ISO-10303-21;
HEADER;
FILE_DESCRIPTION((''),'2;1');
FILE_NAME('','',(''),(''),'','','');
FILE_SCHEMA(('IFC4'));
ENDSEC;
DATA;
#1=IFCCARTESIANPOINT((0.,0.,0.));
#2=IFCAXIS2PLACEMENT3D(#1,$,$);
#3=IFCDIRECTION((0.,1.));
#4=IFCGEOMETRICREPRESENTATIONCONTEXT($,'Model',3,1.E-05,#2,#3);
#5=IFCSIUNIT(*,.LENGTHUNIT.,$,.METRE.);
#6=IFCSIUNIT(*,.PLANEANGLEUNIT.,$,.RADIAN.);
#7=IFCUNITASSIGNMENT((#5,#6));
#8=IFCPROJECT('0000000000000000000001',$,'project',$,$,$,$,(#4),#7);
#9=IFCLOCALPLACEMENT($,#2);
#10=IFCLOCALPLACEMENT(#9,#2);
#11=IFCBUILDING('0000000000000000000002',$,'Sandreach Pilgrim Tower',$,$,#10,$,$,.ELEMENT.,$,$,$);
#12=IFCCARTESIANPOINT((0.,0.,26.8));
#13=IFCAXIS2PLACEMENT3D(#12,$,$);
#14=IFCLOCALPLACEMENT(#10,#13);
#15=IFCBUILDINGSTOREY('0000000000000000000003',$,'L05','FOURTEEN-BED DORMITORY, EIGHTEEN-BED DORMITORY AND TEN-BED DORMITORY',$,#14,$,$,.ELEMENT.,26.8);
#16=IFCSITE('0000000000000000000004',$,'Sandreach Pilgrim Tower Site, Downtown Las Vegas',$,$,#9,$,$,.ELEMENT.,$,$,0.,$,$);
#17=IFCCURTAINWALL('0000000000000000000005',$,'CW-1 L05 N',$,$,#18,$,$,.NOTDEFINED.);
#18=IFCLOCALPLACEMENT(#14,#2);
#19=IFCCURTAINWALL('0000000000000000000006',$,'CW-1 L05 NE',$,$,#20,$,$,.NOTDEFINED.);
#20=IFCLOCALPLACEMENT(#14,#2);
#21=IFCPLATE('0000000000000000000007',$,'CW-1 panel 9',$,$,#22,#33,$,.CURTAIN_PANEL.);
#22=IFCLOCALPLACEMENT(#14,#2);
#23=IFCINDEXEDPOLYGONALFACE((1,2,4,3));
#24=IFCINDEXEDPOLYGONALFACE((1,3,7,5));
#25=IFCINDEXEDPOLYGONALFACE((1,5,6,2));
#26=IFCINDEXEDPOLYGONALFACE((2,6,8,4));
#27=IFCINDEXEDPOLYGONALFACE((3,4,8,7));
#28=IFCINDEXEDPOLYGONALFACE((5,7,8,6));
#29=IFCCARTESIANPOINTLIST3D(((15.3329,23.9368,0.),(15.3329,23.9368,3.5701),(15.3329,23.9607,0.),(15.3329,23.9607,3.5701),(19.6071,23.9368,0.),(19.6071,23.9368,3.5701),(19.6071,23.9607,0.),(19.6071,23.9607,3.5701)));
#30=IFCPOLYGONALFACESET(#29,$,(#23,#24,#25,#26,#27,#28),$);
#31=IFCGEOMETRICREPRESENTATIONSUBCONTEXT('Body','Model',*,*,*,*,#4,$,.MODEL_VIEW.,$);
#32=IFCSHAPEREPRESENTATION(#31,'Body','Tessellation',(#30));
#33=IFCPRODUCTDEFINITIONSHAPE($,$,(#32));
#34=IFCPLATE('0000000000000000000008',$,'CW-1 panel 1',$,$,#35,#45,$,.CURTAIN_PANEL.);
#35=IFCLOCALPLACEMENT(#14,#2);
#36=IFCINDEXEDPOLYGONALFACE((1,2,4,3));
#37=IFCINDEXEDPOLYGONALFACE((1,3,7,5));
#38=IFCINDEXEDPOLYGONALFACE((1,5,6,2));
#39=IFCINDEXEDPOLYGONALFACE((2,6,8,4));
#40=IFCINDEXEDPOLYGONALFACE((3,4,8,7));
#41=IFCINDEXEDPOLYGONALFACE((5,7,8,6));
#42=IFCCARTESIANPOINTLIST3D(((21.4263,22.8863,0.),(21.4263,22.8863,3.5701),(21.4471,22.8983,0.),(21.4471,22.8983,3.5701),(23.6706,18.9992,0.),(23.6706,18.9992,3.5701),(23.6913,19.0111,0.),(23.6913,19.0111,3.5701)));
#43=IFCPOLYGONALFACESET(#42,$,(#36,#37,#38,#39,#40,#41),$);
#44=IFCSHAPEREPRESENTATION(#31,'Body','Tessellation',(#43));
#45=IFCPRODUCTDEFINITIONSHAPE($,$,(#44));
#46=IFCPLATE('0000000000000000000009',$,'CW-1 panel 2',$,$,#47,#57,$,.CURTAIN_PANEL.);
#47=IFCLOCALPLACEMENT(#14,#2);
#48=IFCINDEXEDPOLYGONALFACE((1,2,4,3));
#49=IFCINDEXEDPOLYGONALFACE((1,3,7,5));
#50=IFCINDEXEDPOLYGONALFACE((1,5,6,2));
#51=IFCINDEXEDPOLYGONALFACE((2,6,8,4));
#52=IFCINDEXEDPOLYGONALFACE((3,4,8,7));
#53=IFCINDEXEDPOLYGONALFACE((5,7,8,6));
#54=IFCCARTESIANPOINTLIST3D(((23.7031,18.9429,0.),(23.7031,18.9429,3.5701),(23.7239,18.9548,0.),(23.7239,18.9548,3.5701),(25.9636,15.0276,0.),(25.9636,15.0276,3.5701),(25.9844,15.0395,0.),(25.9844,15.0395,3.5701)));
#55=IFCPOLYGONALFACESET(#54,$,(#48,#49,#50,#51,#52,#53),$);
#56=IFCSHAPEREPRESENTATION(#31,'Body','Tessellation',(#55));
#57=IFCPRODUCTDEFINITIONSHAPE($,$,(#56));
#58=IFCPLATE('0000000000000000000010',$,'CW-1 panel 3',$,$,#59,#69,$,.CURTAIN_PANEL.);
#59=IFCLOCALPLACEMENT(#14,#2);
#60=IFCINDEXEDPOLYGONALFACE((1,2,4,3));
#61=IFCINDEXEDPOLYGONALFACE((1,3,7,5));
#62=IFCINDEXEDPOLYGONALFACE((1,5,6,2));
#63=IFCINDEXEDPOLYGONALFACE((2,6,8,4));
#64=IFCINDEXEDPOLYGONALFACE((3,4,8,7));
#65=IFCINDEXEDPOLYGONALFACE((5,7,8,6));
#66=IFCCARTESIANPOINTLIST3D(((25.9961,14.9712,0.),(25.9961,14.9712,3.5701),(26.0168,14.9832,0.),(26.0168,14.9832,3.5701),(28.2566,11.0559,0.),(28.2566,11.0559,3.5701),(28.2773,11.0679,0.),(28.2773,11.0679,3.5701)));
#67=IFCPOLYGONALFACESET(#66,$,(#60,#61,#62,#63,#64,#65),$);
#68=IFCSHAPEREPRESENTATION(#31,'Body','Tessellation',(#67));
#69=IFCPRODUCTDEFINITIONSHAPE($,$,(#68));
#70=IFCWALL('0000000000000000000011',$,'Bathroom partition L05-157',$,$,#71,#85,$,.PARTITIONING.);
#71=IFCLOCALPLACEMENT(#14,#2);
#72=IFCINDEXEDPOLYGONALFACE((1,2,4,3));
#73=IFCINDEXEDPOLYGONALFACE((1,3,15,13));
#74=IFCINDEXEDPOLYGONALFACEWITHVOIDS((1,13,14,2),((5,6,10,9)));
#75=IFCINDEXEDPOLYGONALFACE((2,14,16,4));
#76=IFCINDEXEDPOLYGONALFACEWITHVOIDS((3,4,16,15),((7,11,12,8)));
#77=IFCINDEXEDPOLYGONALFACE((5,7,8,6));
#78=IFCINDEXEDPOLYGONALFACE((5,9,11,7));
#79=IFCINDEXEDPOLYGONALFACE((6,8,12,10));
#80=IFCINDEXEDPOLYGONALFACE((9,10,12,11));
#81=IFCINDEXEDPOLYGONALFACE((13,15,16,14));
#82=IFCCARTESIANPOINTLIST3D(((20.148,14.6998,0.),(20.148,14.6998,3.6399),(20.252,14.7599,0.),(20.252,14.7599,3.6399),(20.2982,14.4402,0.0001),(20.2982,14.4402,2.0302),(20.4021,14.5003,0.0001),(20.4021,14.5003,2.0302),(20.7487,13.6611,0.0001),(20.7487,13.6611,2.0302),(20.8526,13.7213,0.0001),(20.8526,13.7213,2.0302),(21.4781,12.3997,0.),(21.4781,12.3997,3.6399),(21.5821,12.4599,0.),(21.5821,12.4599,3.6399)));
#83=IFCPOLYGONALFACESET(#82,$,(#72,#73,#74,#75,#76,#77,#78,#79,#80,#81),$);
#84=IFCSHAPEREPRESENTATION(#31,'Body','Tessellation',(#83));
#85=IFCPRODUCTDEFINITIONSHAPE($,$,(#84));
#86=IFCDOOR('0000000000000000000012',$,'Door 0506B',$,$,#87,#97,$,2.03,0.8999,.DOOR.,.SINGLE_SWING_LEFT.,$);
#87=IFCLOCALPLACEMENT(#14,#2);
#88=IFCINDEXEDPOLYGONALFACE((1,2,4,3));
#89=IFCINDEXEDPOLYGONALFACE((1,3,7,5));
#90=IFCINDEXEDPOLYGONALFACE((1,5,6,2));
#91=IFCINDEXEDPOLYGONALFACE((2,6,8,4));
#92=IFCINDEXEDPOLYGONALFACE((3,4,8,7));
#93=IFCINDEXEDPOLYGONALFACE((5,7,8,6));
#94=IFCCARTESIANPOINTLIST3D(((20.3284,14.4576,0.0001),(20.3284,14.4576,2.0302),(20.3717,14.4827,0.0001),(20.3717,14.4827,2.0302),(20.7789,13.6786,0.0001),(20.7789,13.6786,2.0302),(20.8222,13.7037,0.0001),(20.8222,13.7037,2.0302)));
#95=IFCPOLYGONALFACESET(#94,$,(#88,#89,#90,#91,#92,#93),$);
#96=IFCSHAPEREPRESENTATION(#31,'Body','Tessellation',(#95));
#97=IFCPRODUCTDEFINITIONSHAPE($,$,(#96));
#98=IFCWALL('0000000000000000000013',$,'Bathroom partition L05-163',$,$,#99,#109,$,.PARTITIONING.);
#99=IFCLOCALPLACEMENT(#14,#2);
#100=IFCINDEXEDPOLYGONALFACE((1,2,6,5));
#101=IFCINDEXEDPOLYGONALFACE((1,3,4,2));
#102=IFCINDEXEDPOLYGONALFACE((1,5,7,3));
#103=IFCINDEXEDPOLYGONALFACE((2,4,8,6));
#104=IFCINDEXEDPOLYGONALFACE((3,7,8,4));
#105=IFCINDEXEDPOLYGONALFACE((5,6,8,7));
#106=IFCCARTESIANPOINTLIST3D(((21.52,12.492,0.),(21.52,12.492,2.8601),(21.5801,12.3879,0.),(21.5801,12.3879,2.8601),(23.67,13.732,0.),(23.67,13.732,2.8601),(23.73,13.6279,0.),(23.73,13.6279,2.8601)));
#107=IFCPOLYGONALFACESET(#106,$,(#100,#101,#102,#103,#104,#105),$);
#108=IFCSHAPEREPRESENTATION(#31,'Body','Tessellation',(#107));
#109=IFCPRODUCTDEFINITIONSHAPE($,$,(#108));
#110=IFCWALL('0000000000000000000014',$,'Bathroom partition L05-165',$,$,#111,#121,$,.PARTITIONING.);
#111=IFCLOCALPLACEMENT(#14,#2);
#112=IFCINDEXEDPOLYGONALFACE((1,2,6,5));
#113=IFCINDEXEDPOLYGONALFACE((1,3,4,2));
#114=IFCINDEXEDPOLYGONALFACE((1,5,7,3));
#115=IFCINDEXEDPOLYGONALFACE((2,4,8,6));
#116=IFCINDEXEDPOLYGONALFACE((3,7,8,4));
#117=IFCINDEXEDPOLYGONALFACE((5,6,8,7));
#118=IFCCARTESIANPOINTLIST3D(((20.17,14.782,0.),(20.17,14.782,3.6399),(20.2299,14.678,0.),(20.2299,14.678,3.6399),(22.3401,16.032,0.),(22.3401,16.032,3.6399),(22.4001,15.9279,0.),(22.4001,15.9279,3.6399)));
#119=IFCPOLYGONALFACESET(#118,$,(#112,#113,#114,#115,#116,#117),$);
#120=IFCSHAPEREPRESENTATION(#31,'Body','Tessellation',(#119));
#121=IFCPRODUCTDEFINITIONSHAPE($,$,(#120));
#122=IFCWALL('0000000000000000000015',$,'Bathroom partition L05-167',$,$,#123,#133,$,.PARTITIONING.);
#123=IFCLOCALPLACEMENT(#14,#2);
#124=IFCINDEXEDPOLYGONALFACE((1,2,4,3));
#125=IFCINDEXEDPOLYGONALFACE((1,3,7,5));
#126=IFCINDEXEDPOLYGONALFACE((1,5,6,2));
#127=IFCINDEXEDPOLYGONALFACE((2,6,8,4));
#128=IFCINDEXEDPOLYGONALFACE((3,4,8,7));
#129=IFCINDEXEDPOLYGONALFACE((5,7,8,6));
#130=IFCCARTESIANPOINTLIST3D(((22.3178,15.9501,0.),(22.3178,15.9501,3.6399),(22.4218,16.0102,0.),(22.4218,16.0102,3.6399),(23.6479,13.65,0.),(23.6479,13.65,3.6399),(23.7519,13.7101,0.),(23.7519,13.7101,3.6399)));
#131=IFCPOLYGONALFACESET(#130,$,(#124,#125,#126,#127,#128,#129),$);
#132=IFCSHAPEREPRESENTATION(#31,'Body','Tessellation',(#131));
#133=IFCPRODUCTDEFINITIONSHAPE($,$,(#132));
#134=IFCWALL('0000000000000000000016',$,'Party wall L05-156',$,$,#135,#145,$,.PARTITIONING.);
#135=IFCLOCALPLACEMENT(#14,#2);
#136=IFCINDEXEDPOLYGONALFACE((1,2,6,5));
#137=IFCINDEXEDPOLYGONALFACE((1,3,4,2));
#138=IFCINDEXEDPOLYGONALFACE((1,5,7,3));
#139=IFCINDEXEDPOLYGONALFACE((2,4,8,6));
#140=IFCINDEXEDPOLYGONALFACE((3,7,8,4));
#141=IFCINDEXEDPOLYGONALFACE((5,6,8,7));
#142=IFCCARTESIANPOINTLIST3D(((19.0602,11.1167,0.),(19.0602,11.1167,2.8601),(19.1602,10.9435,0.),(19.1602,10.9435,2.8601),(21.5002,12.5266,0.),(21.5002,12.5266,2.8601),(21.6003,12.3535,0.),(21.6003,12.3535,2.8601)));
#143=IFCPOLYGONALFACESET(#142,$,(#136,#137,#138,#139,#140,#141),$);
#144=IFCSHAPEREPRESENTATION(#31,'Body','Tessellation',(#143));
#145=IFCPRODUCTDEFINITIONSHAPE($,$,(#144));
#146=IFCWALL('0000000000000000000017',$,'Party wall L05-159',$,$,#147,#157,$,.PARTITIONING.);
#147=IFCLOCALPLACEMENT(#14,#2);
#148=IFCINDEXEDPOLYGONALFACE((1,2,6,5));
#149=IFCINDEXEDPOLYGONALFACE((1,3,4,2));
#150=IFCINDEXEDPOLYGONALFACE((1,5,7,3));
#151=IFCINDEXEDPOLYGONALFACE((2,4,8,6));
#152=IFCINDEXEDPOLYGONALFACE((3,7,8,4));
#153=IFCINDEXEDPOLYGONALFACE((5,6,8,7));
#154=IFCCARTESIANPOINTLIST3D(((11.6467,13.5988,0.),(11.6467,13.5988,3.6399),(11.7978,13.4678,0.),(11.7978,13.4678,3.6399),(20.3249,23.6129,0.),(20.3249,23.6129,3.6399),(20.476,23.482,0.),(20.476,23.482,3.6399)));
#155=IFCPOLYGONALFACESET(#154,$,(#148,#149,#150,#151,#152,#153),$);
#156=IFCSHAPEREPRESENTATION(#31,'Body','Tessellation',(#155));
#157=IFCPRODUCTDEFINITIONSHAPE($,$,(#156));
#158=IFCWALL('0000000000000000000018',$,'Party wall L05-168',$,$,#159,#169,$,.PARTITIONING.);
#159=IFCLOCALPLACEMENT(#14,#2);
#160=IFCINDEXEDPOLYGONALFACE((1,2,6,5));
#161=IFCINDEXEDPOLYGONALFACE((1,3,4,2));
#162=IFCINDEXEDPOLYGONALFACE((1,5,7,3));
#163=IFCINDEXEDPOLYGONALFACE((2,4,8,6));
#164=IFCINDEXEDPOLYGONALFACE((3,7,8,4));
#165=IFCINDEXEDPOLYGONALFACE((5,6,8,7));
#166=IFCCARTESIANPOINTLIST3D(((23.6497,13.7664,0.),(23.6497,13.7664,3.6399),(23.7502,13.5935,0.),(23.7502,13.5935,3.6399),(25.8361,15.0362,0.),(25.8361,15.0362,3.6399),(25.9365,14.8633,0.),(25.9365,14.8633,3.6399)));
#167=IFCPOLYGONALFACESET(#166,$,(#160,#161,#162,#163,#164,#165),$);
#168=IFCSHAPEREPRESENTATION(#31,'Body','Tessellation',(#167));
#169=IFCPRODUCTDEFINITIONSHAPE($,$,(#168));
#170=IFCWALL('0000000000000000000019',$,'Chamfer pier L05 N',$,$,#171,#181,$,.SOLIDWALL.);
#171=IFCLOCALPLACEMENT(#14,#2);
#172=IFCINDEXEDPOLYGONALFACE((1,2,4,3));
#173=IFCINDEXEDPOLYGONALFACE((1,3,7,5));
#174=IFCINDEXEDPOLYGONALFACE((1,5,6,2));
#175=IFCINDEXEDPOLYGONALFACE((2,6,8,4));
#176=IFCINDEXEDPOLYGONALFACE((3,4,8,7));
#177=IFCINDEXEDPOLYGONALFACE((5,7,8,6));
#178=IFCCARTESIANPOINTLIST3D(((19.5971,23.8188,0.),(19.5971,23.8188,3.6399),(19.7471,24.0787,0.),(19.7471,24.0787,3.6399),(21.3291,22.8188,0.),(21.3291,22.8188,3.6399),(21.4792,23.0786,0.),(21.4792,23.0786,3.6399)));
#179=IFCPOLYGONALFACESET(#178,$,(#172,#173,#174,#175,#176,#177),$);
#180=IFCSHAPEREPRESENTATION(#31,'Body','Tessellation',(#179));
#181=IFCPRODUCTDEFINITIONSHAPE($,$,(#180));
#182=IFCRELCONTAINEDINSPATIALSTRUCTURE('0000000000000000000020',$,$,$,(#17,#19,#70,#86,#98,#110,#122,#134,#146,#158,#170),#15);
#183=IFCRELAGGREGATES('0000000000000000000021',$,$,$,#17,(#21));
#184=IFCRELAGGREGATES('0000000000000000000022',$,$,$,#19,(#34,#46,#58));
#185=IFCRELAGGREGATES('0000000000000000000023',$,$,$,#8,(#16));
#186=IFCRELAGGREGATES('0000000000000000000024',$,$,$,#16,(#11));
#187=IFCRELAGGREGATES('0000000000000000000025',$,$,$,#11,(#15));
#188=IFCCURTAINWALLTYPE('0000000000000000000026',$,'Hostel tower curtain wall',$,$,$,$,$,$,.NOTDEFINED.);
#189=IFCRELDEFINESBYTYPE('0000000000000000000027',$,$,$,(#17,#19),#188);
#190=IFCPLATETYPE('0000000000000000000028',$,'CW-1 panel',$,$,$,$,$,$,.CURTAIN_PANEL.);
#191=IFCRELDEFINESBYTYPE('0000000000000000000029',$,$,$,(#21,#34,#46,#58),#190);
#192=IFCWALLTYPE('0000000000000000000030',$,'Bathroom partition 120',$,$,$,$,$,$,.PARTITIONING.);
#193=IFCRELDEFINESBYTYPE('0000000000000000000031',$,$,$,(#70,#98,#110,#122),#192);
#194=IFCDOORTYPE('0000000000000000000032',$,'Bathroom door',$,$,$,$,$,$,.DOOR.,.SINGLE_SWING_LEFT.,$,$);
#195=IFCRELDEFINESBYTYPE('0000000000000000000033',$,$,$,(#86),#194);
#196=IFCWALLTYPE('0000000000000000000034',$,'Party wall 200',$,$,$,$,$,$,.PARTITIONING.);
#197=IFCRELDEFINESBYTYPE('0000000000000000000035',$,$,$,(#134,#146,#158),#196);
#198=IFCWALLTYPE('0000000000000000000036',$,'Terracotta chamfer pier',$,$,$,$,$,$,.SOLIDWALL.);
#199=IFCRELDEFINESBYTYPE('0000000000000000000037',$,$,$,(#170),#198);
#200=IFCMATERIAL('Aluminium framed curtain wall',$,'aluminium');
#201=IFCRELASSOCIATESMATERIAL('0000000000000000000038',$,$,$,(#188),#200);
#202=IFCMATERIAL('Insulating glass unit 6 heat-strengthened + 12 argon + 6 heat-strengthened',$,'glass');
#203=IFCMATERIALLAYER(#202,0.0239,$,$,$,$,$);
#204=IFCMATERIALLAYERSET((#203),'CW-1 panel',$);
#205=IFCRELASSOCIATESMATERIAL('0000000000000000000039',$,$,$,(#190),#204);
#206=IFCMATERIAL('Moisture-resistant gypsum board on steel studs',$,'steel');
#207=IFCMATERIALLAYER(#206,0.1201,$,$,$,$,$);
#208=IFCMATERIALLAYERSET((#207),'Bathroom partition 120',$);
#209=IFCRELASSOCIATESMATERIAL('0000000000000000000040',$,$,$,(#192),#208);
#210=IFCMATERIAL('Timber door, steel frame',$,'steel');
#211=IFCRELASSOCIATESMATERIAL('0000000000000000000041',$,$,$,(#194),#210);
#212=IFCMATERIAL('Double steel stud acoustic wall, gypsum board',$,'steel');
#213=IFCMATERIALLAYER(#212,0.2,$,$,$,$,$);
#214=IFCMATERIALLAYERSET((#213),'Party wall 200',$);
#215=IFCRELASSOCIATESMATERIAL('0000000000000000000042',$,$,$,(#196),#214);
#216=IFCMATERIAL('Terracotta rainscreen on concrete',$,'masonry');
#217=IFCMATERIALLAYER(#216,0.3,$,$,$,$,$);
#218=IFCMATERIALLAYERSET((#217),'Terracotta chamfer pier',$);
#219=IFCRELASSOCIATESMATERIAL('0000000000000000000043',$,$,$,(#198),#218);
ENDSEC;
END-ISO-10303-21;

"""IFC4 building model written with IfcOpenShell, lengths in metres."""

from ifc_helpers import new_model, si_unit, direction, frame, frame_2d, origin, origin_2d, place, context, subcontext, project, spatial, rectangle, extrude, material, layer, layer_set, type_object, element, fill, aggregate, save


model = new_model("IFC4")

# Units and contexts
model_context = context("Model", 3, precision=1e-05, world=origin(), true_north=direction((0.0, 1.0)))
body_context = subcontext(model_context, "Body", "Model", "MODEL_VIEW")
ifc_project = project(units=[si_unit("LENGTHUNIT", "METRE"), si_unit("PLANEANGLEUNIT", "RADIAN")], contexts=[model_context])

# Site, building, storey
site_placement = place(None, origin())
site = spatial("IfcSite", under=ifc_project, at=site_placement, Name="Sandreach Pilgrim Tower Site, Downtown Las Vegas", CompositionType="ELEMENT", RefElevation=0.0)
building_placement = place(site_placement, origin())
building = spatial("IfcBuilding", under=site, at=building_placement, Name="Sandreach Pilgrim Tower", CompositionType="ELEMENT")
storey_placement = place(building_placement, frame((0.0, 0.0, 26.8)))
storey = spatial("IfcBuildingStorey", under=building, at=storey_placement, Name="L05", Description="FOURTEEN-BED DORMITORY, EIGHTEEN-BED DORMITORY AND TEN-BED DORMITORY", CompositionType="ELEMENT", Elevation=26.8)

# Curtain wall
ifc_material_1 = material(Name="Aluminium framed curtain wall", Category="aluminium")
curtain_wall_type = type_object("IfcCurtainWallType", Name="Hostel tower curtain wall", PredefinedType="NOTDEFINED", material=ifc_material_1)
curtain_wall_1_placement = place(storey_placement, origin())
curtain_wall_1 = element("IfcCurtainWall", 1, at=curtain_wall_1_placement, inside=storey, type_object=curtain_wall_type, Name="CW-1 L05 N", PredefinedType="NOTDEFINED")

# Curtain wall
curtain_wall_2_placement = place(storey_placement, origin())
curtain_wall_2 = element("IfcCurtainWall", 2, at=curtain_wall_2_placement, inside=storey, type_object=curtain_wall_type, Name="CW-1 L05 NE", PredefinedType="NOTDEFINED")

# Plates
ifc_material_2 = material(Name="Insulating glass unit 6 heat-strengthened + 12 argon + 6 heat-strengthened", Category="glass")
ifc_layer_1 = layer(ifc_material_2, 0.0239)
ifc_layer_set_1 = layer_set([ifc_layer_1], Name="CW-1 panel")
plate_type = type_object("IfcPlateType", Name="CW-1 panel", PredefinedType="CURTAIN_PANEL", material=ifc_layer_set_1)
plate_1_placement = place(storey_placement, frame((17.47, 23.9487, 0.0), z_axis=(0.0, 0.0, 1.0), x_axis=(1.0, 0.0, 0.0)))
plate_1 = element("IfcPlate", 3, at=plate_1_placement, type_object=plate_type, Name="CW-1 panel 9", PredefinedType="CURTAIN_PANEL", context=body_context, shape_type="SweptSolid", body=[
    extrude(rectangle(XDim=4.2742, YDim=0.0239, at=origin_2d()), origin(), (0.0, 0.0, 1.0), 3.5701),
])
aggregate(curtain_wall_1, [plate_1])
plate_2_placement = place(storey_placement, frame((22.5588, 20.9487, 0.0), z_axis=(0.0, 0.0, 1.0), x_axis=(0.5, -0.866025, 0.0)))
plate_2 = element("IfcPlate", 4, at=plate_2_placement, type_object=plate_type, Name="CW-1 panel 1", PredefinedType="CURTAIN_PANEL", context=body_context, shape_type="SweptSolid", body=[
    extrude(rectangle(XDim=4.4885, YDim=0.0239, at=origin_2d()), origin(), (0.0, 0.0, 1.0), 3.5701),
])
plate_3_placement = place(storey_placement, frame((24.8438, 16.9912, 0.0), z_axis=(0.0, 0.0, 1.0), x_axis=(0.5, -0.866025, 0.0)))
plate_3 = element("IfcPlate", 5, at=plate_3_placement, type_object=plate_type, Name="CW-1 panel 2", PredefinedType="CURTAIN_PANEL", context=body_context, shape_type="SweptSolid", body=[
    extrude(rectangle(XDim=4.521, YDim=0.0239, at=origin_2d()), origin(), (0.0, 0.0, 1.0), 3.5701),
])
plate_4_placement = place(storey_placement, frame((27.1367, 13.0195, 0.0), z_axis=(0.0, 0.0, 1.0), x_axis=(0.5, -0.866025, 0.0)))
plate_4 = element("IfcPlate", 6, at=plate_4_placement, type_object=plate_type, Name="CW-1 panel 3", PredefinedType="CURTAIN_PANEL", context=body_context, shape_type="SweptSolid", body=[
    extrude(rectangle(XDim=4.521, YDim=0.0239, at=origin_2d()), origin(), (0.0, 0.0, 1.0), 3.5701),
])
aggregate(curtain_wall_2, [plate_2, plate_3, plate_4])

# Wall, opening, door
ifc_material_3 = material(Name="Moisture-resistant gypsum board on steel studs", Category="steel")
ifc_layer_2 = layer(ifc_material_3, 0.1201)
ifc_layer_set_2 = layer_set([ifc_layer_2], Name="Bathroom partition 120")
wall_type_1 = type_object("IfcWallType", Name="Bathroom partition 120", PredefinedType="PARTITIONING", material=ifc_layer_set_2)
wall_1_placement = place(storey_placement, frame((20.2, 14.73, 0.0), z_axis=(0.0, 0.0, 1.0), x_axis=(0.500605, -0.865676, 0.0)))
wall_1 = element("IfcWall", 7, at=wall_1_placement, inside=storey, type_object=wall_type_1, Name="Bathroom partition L05-157", PredefinedType="PARTITIONING", context=body_context, shape_type="SweptSolid", body=[
    extrude(rectangle(XDim=2.657, YDim=0.1201, at=frame_2d((1.3286, 0.0))), origin(), (0.0, 0.0, 1.0), 3.6399),
])
opening_placement = place(wall_1_placement, frame((0.3, 0.0, 0.0)))
opening = element("IfcOpeningElement", 8, at=opening_placement, cuts=wall_1, PredefinedType="OPENING", context=body_context, shape_type="SweptSolid", body=[
    extrude(rectangle(XDim=0.8999, YDim=2.03, at=frame_2d((0.45, 1.0151))), frame((0.0, 0.0601, 0.0), z_axis=(0.0, -1.0, 0.0), x_axis=(1.0, 0.0, 0.0)), (0.0, 0.0, 1.0), 0.1201),
])
ifc_material_4 = material(Name="Timber door, steel frame", Category="steel")
door_type = type_object("IfcDoorType", Name="Bathroom door", OperationType="SINGLE_SWING_LEFT", PredefinedType="DOOR", material=ifc_material_4)
door_placement = place(opening_placement, origin())
door = element("IfcDoor", 9, at=door_placement, inside=storey, type_object=door_type, Name="Door 0506B", OperationType="SINGLE_SWING_LEFT", OverallHeight=2.03, OverallWidth=0.8999, PredefinedType="DOOR", context=body_context, shape_type="SweptSolid", body=[
    extrude(rectangle(XDim=0.8999, YDim=2.03, at=frame_2d((0.45, 1.0151))), frame((0.0, 0.0249, 0.0), z_axis=(0.0, -1.0, 0.0), x_axis=(1.0, 0.0, 0.0)), (0.0, 0.0, 1.0), 0.05),
])
fill(opening, door)

# Walls
wall_2_placement = place(storey_placement, frame((21.55, 12.4399, 0.0), z_axis=(0.0, 0.0, 1.0), x_axis=(0.866245, 0.49962, 0.0)))
element("IfcWall", 10, at=wall_2_placement, inside=storey, type_object=wall_type_1, Name="Bathroom partition L05-163", PredefinedType="PARTITIONING", context=body_context, shape_type="SweptSolid", body=[
    extrude(rectangle(XDim=2.4819, YDim=0.1201, at=frame_2d((1.241, 0.0))), origin(), (0.0, 0.0, 1.0), 2.8601),
])
wall_3_placement = place(storey_placement, frame((22.3701, 15.98, 0.0), z_axis=(0.0, 0.0, 1.0), x_axis=(-0.866534, -0.499118, 0.0)))
element("IfcWall", 11, at=wall_3_placement, inside=storey, type_object=wall_type_1, Name="Bathroom partition L05-165", PredefinedType="PARTITIONING", context=body_context, shape_type="SweptSolid", body=[
    extrude(rectangle(XDim=2.5044, YDim=0.1201, at=frame_2d((1.2522, 0.0))), origin(), (0.0, 0.0, 1.0), 3.6399),
])
wall_4_placement = place(storey_placement, frame((23.7, 13.6799, 0.0), z_axis=(0.0, 0.0, 1.0), x_axis=(-0.500605, 0.865676, 0.0)))
element("IfcWall", 12, at=wall_4_placement, inside=storey, type_object=wall_type_1, Name="Bathroom partition L05-167", PredefinedType="PARTITIONING", context=body_context, shape_type="SweptSolid", body=[
    extrude(rectangle(XDim=2.657, YDim=0.1201, at=frame_2d((1.3286, 0.0))), origin(), (0.0, 0.0, 1.0), 3.6399),
])
ifc_material_5 = material(Name="Double steel stud acoustic wall, gypsum board", Category="steel")
ifc_layer_3 = layer(ifc_material_5, 0.2)
ifc_layer_set_3 = layer_set([ifc_layer_3], Name="Party wall 200")
wall_type_2 = type_object("IfcWallType", Name="Party wall 200", PredefinedType="PARTITIONING", material=ifc_layer_set_3)
wall_5_placement = place(storey_placement, frame((19.1101, 11.03, 0.0), z_axis=(0.0, 0.0, 1.0), x_axis=(0.865839, 0.500322, 0.0)))
element("IfcWall", 13, at=wall_5_placement, inside=storey, type_object=wall_type_2, Name="Party wall L05-156", PredefinedType="PARTITIONING", context=body_context, shape_type="SweptSolid", body=[
    extrude(rectangle(XDim=2.8181, YDim=0.2, at=frame_2d((1.4092, 0.0))), origin(), (0.0, 0.0, 1.0), 2.8601),
])
wall_6_placement = place(storey_placement, frame((20.4004, 23.5474, 0.0), z_axis=(0.0, 0.0, 1.0), x_axis=(-0.6549, -0.755716, 0.0)))
element("IfcWall", 14, at=wall_6_placement, inside=storey, type_object=wall_type_2, Name="Party wall L05-159", PredefinedType="PARTITIONING", context=body_context, shape_type="SweptSolid", body=[
    extrude(rectangle(XDim=13.2512, YDim=0.2, at=frame_2d((6.6255, 0.0))), origin(), (0.0, 0.0, 1.0), 3.6399),
])
wall_7_placement = place(storey_placement, frame((23.7, 13.6799, 0.0), z_axis=(0.0, 0.0, 1.0), x_axis=(0.864733, 0.502231, 0.0)))
element("IfcWall", 15, at=wall_7_placement, inside=storey, type_object=wall_type_2, Name="Party wall L05-168", PredefinedType="PARTITIONING", context=body_context, shape_type="SweptSolid", body=[
    extrude(rectangle(XDim=2.5283, YDim=0.2, at=frame_2d((1.2642, 0.0))), origin(), (0.0, 0.0, 1.0), 3.6399),
])
ifc_material_6 = material(Name="Terracotta rainscreen on concrete", Category="masonry")
ifc_layer_4 = layer(ifc_material_6, 0.3)
ifc_layer_set_4 = layer_set([ifc_layer_4], Name="Terracotta chamfer pier")
wall_type_3 = type_object("IfcWallType", Name="Terracotta chamfer pier", PredefinedType="SOLIDWALL", material=ifc_layer_set_4)
wall_8_placement = place(storey_placement, frame((19.6721, 23.9487, 0.0), z_axis=(0.0, 0.0, 1.0), x_axis=(0.866011, -0.500025, 0.0)))
element("IfcWall", 16, at=wall_8_placement, inside=storey, type_object=wall_type_3, Name="Chamfer pier L05 N", PredefinedType="SOLIDWALL", context=body_context, shape_type="SweptSolid", body=[
    extrude(rectangle(XDim=2.0, YDim=0.3, at=frame_2d((1.0, 0.0))), origin(), (0.0, 0.0, 1.0), 3.6399),
])

save(model, "model.ifc")
